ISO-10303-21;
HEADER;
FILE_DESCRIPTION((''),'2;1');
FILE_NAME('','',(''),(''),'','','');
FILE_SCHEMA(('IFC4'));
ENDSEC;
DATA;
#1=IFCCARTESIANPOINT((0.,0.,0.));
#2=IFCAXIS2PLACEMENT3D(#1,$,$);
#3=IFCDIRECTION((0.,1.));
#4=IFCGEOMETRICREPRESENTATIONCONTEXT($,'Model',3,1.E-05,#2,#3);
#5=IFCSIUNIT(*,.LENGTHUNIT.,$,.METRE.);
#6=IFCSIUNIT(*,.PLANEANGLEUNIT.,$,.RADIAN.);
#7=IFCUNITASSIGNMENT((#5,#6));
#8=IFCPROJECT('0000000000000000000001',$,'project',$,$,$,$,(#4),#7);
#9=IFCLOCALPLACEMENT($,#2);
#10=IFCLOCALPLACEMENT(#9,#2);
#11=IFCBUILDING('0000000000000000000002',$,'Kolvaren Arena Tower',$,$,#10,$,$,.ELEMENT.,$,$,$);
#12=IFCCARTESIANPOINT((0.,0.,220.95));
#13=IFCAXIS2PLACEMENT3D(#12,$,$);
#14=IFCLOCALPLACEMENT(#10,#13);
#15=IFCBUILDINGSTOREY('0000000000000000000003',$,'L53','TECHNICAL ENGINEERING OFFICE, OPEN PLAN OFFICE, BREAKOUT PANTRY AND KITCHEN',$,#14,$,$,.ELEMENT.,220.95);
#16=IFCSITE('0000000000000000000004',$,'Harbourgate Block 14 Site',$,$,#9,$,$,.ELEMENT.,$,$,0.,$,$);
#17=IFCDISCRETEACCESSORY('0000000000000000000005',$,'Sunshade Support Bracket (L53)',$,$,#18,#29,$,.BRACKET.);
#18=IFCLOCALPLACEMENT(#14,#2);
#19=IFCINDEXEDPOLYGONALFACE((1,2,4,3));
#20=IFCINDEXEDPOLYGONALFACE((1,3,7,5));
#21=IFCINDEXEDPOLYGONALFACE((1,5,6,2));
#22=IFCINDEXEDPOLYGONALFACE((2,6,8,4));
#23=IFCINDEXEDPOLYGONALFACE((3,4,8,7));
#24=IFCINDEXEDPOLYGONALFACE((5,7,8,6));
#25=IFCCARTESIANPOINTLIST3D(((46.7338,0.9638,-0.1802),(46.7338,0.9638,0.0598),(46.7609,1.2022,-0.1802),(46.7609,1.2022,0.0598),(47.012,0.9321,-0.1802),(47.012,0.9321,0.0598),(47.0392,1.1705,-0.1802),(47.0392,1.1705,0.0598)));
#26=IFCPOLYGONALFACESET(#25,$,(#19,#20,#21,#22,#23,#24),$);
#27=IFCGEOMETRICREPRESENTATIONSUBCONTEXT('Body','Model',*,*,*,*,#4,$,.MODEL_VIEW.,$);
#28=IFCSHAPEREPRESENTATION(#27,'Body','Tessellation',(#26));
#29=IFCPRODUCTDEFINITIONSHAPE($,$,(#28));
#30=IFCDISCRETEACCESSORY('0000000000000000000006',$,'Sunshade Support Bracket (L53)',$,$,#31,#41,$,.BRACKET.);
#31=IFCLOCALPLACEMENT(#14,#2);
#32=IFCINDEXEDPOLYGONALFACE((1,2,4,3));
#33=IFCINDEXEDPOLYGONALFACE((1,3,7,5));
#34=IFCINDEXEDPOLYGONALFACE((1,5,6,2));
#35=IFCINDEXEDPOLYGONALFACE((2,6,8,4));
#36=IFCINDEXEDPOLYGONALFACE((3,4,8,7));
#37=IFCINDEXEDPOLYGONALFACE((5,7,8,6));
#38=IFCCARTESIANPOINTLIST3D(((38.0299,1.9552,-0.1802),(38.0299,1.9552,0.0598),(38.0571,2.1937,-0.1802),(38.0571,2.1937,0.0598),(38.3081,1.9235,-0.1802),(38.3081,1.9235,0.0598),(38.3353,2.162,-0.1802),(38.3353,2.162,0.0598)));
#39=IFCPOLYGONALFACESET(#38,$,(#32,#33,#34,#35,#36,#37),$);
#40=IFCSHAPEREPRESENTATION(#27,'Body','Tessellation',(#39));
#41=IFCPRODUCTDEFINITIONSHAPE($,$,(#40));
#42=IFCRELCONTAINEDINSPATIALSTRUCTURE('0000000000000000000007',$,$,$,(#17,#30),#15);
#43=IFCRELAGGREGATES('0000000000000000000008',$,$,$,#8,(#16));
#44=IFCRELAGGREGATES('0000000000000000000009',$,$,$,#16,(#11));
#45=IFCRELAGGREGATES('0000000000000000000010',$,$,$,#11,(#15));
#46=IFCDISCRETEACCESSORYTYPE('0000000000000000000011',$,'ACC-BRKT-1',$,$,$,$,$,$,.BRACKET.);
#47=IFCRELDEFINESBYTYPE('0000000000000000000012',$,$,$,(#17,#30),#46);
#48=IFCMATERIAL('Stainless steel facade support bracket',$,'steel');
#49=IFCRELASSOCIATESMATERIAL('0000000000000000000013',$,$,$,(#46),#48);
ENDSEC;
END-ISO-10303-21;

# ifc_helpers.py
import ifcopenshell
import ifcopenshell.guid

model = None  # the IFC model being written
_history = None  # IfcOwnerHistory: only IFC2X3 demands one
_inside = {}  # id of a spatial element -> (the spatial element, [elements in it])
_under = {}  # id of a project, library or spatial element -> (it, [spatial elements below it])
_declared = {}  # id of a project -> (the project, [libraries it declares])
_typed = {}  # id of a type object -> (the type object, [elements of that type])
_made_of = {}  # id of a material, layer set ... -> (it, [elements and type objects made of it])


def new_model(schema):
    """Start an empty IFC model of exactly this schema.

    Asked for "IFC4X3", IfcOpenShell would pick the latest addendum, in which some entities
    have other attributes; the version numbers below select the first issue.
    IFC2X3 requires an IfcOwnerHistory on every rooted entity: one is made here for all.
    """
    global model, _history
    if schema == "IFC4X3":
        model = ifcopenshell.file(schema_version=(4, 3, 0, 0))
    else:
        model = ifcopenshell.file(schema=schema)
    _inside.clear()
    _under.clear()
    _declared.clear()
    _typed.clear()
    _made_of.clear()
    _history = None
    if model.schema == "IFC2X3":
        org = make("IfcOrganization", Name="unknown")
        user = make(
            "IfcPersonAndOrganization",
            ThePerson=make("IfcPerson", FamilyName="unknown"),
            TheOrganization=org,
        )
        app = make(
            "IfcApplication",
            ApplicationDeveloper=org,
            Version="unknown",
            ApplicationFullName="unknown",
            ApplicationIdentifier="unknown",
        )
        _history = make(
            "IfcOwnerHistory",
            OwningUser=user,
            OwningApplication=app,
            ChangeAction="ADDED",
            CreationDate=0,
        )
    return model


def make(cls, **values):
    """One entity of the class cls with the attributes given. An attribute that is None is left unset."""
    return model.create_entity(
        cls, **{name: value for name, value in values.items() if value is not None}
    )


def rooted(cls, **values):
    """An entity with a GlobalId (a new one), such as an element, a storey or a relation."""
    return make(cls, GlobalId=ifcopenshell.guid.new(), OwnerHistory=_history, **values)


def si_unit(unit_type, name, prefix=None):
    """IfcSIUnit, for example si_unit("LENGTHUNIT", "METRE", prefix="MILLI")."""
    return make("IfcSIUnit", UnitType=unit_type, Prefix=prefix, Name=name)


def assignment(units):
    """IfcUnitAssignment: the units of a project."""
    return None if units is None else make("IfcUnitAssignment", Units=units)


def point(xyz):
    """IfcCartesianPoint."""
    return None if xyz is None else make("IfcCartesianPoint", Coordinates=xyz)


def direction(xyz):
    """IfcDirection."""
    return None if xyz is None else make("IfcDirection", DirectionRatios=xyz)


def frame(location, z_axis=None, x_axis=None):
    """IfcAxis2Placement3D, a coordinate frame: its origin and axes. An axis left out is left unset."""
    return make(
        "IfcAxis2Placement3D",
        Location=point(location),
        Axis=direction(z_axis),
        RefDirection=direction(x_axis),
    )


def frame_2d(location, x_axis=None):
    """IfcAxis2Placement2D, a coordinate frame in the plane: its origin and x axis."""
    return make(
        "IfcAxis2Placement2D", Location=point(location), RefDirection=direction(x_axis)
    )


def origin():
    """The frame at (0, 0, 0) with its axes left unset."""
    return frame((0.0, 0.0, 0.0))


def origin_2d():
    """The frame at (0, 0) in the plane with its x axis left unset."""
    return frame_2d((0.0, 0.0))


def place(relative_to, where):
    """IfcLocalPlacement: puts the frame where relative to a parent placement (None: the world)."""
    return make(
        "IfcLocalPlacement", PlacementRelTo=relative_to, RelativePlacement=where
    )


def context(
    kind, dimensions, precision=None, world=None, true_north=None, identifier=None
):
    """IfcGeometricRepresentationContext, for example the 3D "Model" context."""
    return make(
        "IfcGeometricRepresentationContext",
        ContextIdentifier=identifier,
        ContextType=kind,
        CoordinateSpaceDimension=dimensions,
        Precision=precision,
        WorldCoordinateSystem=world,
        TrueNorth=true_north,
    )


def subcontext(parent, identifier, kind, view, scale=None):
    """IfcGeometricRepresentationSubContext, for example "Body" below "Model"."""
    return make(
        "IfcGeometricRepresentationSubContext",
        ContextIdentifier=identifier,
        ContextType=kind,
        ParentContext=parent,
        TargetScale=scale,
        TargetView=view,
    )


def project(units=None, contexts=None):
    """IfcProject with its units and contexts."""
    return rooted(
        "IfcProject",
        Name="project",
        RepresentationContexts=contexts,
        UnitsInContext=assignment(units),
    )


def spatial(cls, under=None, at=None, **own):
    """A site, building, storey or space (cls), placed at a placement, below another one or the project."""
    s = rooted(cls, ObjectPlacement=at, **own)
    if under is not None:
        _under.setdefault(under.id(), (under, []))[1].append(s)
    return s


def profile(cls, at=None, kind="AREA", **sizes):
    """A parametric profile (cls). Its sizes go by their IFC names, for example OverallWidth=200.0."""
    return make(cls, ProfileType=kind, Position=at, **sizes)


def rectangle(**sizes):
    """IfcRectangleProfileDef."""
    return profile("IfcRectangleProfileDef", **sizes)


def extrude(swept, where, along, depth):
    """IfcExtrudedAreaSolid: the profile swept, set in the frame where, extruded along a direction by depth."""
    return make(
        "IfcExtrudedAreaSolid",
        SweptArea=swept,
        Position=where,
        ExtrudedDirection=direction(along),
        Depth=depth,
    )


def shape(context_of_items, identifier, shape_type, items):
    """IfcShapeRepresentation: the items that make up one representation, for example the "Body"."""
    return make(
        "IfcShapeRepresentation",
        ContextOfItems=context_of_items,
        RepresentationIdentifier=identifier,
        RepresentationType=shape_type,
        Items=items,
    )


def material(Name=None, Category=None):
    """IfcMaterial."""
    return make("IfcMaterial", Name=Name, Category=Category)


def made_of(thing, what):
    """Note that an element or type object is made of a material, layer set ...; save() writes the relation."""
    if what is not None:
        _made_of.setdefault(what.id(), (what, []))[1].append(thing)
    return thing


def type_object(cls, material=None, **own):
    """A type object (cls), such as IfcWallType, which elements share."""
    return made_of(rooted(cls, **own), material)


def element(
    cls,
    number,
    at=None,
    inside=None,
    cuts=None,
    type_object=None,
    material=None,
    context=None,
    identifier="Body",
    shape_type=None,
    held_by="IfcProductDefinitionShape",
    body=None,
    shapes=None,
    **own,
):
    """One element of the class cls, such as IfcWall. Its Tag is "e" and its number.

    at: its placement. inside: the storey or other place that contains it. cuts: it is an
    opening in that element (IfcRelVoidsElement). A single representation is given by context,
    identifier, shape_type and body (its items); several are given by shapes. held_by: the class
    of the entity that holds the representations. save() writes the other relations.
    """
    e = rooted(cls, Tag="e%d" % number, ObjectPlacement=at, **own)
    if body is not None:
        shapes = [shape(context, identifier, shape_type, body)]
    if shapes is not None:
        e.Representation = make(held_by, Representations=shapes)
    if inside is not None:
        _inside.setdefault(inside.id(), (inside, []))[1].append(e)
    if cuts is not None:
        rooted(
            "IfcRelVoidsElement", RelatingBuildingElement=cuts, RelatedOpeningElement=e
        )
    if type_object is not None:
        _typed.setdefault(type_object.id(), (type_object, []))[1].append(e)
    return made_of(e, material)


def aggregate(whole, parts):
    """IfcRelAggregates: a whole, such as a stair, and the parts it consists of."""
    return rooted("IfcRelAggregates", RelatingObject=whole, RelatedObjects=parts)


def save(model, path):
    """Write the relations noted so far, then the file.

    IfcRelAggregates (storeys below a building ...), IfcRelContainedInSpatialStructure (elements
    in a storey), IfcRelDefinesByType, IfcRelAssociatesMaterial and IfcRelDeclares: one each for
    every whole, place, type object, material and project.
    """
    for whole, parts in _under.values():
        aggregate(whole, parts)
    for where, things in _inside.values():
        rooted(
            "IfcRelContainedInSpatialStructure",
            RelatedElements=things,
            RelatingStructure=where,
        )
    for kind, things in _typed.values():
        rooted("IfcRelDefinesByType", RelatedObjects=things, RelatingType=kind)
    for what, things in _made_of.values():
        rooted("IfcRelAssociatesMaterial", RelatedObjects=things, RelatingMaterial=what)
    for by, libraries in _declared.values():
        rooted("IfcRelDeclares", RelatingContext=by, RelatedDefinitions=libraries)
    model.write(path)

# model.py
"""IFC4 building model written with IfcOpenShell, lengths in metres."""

from ifc_helpers import new_model, si_unit, direction, frame, origin, origin_2d, place, context, subcontext, project, spatial, rectangle, extrude, material, type_object, element, save


model = new_model("IFC4")

# Units and contexts
model_context = context("Model", 3, precision=1e-05, world=origin(), true_north=direction((0.0, 1.0)))
body_context = subcontext(model_context, "Body", "Model", "MODEL_VIEW")
ifc_project = project(units=[si_unit("LENGTHUNIT", "METRE"), si_unit("PLANEANGLEUNIT", "RADIAN")], contexts=[model_context])

# Site, building, storey
site_placement = place(None, origin())
site = spatial("IfcSite", under=ifc_project, at=site_placement, Name="Harbourgate Block 14 Site", CompositionType="ELEMENT", RefElevation=0.0)
building_placement = place(site_placement, origin())
building = spatial("IfcBuilding", under=site, at=building_placement, Name="Kolvaren Arena Tower", CompositionType="ELEMENT")
storey_placement = place(building_placement, frame((0.0, 0.0, 220.95)))
storey = spatial("IfcBuildingStorey", under=building, at=storey_placement, Name="L53", Description="TECHNICAL ENGINEERING OFFICE, OPEN PLAN OFFICE, BREAKOUT PANTRY AND KITCHEN", CompositionType="ELEMENT", Elevation=220.95)

# Discrete accessories
ifc_material_1 = material(Name="Stainless steel facade support bracket", Category="steel")
discrete_accessory_type = type_object("IfcDiscreteAccessoryType", Name="ACC-BRKT-1", PredefinedType="BRACKET", material=ifc_material_1)
for number, where, z_axis, x_axis, name in (
    (1, (46.8865, 1.0671, -0.1802), (0.0, 0.0, 1.0), (-0.993572, 0.113205, 0.0), "Sunshade Support Bracket (L53)"),
    (2, (38.1826, 2.0586, -0.1802), (0.0, 0.0, 1.0), (-0.993572, 0.113205, 0.0), "Sunshade Support Bracket (L53)"),
):
    element("IfcDiscreteAccessory", number, at=place(storey_placement, frame(where, z_axis=z_axis, x_axis=x_axis)), inside=storey, type_object=discrete_accessory_type, Name=name, PredefinedType="BRACKET", context=body_context, shape_type="SweptSolid", body=[
        extrude(rectangle(XDim=0.28, YDim=0.24, at=origin_2d()), origin(), (0.0, 0.0, 1.0), 0.24),
    ])

save(model, "model.ifc")
